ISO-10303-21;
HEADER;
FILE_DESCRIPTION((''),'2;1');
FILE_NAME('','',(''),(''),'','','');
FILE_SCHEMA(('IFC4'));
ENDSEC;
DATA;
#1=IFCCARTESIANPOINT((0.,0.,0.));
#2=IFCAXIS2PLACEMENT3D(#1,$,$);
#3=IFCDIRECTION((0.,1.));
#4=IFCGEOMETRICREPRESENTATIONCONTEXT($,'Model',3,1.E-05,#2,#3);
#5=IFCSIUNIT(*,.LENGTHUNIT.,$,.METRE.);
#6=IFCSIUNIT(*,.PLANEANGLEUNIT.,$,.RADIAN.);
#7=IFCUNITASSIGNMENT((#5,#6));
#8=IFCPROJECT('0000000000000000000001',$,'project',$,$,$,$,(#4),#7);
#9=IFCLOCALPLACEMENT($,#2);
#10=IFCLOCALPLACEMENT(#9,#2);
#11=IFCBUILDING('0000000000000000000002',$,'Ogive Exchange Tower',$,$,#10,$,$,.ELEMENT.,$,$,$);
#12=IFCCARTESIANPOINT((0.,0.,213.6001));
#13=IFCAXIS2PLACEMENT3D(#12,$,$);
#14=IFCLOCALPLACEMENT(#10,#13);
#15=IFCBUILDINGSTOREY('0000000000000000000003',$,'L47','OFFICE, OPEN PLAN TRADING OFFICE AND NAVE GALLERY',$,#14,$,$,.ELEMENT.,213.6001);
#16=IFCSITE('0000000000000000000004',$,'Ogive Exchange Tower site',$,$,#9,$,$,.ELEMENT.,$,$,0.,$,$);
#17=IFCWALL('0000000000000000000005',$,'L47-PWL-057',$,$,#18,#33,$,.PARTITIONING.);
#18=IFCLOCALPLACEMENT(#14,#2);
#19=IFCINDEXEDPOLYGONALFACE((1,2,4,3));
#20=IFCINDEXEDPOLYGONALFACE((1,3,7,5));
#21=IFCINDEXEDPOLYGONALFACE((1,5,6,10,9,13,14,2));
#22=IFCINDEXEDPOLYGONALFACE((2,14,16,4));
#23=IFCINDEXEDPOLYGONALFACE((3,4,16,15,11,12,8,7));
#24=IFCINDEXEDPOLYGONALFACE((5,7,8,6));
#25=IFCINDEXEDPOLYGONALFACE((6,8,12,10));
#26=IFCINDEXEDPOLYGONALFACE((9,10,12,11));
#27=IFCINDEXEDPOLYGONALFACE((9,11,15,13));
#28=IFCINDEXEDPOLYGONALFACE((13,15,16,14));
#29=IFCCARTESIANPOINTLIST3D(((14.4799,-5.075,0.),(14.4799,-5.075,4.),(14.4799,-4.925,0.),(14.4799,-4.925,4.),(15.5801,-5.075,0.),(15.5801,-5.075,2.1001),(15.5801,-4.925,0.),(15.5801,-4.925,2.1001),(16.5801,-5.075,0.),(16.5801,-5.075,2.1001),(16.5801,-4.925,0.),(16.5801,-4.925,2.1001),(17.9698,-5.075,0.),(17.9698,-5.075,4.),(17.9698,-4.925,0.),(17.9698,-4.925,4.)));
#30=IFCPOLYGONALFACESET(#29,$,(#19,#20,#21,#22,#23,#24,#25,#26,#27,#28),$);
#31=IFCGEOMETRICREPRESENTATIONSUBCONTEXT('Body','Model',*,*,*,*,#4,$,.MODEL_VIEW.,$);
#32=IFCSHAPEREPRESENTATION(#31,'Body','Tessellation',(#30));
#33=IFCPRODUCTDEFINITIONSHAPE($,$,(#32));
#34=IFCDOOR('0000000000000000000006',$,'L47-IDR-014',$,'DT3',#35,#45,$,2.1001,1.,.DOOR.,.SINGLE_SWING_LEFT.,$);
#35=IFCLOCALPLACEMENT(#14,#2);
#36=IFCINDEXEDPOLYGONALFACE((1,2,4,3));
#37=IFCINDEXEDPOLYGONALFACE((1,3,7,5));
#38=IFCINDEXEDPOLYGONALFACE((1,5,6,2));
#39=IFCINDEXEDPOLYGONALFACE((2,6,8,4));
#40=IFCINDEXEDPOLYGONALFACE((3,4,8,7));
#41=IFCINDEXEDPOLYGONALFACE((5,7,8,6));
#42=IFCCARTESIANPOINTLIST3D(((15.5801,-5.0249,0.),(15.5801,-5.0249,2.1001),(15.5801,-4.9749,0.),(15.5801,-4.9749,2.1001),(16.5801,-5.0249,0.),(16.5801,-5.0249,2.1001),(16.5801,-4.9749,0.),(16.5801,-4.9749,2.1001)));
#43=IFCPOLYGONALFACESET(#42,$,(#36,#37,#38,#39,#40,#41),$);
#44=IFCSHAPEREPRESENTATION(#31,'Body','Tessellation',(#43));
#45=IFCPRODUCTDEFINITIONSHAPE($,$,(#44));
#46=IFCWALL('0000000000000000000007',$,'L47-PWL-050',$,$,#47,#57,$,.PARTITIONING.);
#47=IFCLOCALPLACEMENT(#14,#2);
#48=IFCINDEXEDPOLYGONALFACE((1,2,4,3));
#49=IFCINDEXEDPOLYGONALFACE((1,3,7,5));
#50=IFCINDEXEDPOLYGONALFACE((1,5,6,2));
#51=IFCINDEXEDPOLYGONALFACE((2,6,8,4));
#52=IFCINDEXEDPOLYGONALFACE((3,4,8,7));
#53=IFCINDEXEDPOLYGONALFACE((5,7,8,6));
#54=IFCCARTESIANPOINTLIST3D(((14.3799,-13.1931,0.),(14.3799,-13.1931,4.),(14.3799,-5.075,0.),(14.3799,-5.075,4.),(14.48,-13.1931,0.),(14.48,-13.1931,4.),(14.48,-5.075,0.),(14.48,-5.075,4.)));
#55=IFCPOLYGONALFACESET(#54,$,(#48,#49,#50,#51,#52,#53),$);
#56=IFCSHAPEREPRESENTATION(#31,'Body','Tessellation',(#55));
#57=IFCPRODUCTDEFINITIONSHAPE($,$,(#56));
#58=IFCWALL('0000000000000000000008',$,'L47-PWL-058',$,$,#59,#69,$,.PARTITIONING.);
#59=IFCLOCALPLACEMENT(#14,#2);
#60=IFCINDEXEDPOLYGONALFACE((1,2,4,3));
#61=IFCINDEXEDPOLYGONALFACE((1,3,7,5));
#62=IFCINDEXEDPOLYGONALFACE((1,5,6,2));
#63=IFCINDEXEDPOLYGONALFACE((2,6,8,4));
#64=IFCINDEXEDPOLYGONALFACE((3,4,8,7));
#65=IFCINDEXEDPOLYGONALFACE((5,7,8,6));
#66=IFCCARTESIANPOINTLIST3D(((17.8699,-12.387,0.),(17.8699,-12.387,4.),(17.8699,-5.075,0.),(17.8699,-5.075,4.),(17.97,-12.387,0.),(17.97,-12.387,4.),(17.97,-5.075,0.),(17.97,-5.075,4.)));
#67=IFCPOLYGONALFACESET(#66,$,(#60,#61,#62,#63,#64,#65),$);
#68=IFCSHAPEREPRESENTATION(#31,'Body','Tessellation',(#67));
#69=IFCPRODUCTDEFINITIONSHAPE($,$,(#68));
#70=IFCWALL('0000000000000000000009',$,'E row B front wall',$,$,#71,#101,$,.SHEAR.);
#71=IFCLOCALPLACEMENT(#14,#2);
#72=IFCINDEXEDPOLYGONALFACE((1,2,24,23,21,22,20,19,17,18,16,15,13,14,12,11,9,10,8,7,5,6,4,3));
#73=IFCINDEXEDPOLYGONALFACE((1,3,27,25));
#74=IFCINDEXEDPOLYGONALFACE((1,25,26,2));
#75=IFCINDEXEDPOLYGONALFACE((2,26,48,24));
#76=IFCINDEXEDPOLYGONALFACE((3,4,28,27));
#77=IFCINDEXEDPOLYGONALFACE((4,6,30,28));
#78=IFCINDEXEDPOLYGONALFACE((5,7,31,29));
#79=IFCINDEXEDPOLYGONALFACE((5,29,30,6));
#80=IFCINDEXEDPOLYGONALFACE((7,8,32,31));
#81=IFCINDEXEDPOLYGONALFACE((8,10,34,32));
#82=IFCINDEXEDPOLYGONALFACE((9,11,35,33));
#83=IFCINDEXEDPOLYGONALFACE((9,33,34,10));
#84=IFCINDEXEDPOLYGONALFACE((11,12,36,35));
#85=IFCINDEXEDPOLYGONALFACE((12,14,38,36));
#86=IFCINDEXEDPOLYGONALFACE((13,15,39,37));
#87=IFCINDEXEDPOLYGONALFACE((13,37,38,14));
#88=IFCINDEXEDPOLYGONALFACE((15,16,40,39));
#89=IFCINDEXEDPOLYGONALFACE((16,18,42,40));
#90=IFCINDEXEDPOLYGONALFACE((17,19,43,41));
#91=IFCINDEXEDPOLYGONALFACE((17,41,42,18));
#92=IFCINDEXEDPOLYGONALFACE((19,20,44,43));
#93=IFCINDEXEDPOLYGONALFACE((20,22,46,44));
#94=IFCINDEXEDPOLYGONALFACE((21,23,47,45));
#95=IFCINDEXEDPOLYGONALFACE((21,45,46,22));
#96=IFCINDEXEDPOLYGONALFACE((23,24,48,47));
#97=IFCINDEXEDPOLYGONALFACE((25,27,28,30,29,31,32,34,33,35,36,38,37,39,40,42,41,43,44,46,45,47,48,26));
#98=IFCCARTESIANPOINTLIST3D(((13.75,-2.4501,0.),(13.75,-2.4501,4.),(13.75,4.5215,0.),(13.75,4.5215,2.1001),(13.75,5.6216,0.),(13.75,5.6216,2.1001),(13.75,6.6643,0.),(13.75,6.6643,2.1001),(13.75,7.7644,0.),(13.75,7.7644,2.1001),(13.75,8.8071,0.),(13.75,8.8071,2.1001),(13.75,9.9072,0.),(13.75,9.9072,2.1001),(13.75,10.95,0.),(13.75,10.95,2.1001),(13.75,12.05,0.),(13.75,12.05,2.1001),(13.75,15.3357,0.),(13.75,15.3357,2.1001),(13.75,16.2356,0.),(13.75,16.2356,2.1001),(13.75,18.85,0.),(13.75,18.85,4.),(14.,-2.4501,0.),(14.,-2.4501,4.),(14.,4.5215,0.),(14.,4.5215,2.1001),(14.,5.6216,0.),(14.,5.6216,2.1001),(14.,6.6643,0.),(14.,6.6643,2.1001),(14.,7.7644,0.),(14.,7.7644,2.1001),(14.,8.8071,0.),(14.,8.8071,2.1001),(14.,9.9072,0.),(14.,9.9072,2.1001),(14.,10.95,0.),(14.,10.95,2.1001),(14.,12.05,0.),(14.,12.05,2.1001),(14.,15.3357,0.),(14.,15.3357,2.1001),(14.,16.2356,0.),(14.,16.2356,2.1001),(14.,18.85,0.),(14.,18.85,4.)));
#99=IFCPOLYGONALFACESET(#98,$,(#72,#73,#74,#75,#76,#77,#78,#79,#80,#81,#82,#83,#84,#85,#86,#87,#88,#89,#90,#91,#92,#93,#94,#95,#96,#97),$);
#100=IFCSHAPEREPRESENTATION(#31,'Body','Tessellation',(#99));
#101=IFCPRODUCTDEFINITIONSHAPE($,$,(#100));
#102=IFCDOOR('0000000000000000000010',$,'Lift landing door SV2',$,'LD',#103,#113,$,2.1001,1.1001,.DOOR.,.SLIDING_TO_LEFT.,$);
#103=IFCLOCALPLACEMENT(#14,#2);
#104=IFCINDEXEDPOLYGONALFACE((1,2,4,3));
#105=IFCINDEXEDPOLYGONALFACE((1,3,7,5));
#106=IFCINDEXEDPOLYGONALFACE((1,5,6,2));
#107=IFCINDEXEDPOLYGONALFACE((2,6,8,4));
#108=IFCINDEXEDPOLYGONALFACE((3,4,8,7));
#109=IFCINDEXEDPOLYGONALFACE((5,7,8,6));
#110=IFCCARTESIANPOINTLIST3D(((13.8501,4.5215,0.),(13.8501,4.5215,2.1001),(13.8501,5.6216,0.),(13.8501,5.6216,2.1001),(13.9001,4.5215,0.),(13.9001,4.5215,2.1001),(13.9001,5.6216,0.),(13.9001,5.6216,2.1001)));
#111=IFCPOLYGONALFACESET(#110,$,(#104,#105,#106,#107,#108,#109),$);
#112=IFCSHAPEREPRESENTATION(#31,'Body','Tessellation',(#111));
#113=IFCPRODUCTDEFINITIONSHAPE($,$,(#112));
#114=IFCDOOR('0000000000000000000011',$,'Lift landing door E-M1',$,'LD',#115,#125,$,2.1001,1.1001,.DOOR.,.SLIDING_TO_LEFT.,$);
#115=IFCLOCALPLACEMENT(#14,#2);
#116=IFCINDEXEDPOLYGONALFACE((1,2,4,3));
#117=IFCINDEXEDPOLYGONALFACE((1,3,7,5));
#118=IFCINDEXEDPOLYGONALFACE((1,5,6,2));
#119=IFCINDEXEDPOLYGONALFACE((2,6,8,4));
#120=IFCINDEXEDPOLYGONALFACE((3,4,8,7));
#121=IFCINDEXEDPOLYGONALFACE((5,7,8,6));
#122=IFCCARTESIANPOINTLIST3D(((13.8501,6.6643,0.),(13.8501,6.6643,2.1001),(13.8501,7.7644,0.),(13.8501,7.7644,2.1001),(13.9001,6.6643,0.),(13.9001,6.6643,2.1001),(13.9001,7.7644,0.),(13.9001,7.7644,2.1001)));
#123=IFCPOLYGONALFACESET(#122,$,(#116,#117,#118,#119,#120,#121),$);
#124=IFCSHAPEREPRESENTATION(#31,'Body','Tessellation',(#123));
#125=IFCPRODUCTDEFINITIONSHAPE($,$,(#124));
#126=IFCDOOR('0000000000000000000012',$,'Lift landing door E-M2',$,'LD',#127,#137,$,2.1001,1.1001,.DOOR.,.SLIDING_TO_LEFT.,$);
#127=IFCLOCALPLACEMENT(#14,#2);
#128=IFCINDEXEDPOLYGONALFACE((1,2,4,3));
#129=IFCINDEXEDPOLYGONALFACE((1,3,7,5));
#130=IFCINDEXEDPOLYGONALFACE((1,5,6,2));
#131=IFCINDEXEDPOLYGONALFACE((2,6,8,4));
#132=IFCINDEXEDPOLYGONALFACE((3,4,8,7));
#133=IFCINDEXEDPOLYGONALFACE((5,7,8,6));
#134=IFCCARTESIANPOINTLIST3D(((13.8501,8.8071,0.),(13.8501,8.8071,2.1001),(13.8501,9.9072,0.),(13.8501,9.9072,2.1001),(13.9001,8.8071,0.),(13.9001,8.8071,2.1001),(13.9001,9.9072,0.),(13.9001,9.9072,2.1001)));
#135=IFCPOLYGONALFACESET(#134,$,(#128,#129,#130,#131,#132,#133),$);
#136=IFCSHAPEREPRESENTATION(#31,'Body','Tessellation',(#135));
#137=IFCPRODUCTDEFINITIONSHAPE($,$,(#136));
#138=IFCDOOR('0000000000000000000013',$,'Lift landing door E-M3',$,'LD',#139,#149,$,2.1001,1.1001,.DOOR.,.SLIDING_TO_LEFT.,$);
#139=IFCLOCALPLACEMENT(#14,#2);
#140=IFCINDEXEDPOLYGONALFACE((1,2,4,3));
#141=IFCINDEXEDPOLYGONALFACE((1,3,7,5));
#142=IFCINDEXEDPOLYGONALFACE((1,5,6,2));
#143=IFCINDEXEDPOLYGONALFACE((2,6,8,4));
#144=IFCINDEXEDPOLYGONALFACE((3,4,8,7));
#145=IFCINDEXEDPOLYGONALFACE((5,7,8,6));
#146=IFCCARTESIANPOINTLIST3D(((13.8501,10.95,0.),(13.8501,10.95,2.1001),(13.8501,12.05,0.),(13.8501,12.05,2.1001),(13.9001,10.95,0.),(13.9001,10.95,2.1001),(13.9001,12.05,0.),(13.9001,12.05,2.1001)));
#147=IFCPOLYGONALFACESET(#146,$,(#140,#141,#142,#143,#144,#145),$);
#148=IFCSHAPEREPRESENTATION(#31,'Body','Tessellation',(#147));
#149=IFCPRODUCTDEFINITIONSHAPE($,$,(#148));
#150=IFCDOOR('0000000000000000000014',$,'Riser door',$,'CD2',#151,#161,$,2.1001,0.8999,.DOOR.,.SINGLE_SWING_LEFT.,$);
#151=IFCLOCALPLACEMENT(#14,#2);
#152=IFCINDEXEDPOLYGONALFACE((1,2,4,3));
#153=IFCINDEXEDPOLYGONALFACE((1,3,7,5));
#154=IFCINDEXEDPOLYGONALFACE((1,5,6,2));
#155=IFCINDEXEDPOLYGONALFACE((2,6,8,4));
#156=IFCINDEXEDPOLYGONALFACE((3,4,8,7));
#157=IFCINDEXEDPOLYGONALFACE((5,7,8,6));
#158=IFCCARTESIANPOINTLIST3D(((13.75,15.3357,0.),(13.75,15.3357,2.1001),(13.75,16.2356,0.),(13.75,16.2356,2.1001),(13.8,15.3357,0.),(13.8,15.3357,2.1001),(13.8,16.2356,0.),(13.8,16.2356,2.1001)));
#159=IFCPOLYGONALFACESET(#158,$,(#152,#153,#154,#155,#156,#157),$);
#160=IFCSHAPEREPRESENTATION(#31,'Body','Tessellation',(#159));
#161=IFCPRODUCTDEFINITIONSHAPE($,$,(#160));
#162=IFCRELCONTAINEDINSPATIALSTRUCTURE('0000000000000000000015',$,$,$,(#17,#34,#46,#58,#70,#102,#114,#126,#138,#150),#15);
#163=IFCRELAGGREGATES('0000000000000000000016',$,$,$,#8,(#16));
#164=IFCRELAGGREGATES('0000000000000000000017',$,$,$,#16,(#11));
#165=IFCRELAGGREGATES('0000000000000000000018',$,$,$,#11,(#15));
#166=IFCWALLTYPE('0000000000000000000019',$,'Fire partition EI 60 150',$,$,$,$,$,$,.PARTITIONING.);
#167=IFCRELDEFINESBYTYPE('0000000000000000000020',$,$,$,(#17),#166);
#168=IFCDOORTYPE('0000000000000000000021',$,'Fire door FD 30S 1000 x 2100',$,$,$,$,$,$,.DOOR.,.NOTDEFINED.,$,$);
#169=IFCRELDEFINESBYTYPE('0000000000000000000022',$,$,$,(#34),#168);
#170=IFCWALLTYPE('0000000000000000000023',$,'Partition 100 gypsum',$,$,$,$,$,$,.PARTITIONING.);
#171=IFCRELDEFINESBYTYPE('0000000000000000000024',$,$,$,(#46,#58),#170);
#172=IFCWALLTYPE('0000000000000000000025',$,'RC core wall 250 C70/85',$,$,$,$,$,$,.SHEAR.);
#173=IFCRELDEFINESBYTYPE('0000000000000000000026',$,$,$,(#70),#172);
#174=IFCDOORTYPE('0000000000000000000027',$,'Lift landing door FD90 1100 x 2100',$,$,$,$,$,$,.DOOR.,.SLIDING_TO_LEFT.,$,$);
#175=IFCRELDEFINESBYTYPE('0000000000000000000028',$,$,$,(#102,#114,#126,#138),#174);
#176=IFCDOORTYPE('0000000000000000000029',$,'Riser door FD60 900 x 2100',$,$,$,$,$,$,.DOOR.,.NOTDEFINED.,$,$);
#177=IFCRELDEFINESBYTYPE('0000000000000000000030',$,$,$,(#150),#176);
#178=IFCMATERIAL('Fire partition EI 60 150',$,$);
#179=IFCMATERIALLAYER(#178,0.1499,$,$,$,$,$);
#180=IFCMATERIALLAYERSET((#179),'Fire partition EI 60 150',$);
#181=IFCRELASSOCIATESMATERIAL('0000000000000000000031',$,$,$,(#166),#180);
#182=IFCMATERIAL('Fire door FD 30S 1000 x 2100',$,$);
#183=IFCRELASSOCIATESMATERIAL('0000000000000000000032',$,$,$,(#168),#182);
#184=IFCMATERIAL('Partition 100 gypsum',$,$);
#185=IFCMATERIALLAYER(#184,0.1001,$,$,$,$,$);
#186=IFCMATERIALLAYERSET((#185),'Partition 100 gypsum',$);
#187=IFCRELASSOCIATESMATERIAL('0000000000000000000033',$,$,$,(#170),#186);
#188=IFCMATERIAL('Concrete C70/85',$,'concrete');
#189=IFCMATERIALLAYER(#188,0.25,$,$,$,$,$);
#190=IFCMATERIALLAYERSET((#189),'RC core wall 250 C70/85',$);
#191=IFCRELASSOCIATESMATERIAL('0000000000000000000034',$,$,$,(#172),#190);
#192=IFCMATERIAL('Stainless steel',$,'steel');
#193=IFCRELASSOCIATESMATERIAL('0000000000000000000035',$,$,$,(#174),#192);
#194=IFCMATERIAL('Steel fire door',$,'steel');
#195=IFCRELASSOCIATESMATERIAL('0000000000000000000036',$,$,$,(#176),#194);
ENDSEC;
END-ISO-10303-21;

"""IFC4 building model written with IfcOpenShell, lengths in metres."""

from ifc_helpers import new_model, si_unit, direction, frame, frame_2d, origin, place, context, subcontext, project, spatial, rectangle, extrude, material, layer, layer_set, type_object, element, fill, save


model = new_model("IFC4")

# Units and contexts
model_context = context("Model", 3, precision=1e-05, world=origin(), true_north=direction((0.0, 1.0)))
body_context = subcontext(model_context, "Body", "Model", "MODEL_VIEW")
ifc_project = project(units=[si_unit("LENGTHUNIT", "METRE"), si_unit("PLANEANGLEUNIT", "RADIAN")], contexts=[model_context])

# Site, building, storey
site_placement = place(None, origin())
site = spatial("IfcSite", under=ifc_project, at=site_placement, Name="Ogive Exchange Tower site", CompositionType="ELEMENT", RefElevation=0.0)
building_placement = place(site_placement, origin())
building = spatial("IfcBuilding", under=site, at=building_placement, Name="Ogive Exchange Tower", CompositionType="ELEMENT")
storey_placement = place(building_placement, frame((0.0, 0.0, 213.6001)))
storey = spatial("IfcBuildingStorey", under=building, at=storey_placement, Name="L47", Description="OFFICE, OPEN PLAN TRADING OFFICE AND NAVE GALLERY", CompositionType="ELEMENT", Elevation=213.6001)

# Shared definitions
ifc_material_1 = material(Name="Fire partition EI 60 150")
ifc_layer_1 = layer(ifc_material_1, 0.1499)
ifc_layer_set_1 = layer_set([ifc_layer_1], Name="Fire partition EI 60 150")
wall_type_1 = type_object("IfcWallType", Name="Fire partition EI 60 150", PredefinedType="PARTITIONING", material=ifc_layer_set_1)
ifc_material_2 = material(Name="Fire door FD 30S 1000 x 2100")
door_type_1 = type_object("IfcDoorType", Name="Fire door FD 30S 1000 x 2100", OperationType="NOTDEFINED", PredefinedType="DOOR", material=ifc_material_2)

# Wall, opening, door
wall_1_placement = place(storey_placement, frame((17.97, -5.0, 0.0), z_axis=(0.0, 0.0, 1.0), x_axis=(-1.0, 0.0, 0.0)))
wall_1 = element("IfcWall", 1, at=wall_1_placement, inside=storey, type_object=wall_type_1, Name="L47-PWL-057", PredefinedType="PARTITIONING", context=body_context, shape_type="SweptSolid", body=[
    extrude(rectangle(XDim=3.49, YDim=0.1499, at=frame_2d((1.7451, 0.0))), origin(), (0.0, 0.0, 1.0), 4.0),
])
opening_1_placement = place(wall_1_placement, frame((1.3899, 0.0, 0.0)))
opening_1 = element("IfcOpeningElement", 2, at=opening_1_placement, cuts=wall_1, PredefinedType="OPENING", context=body_context, shape_type="SweptSolid", body=[
    extrude(rectangle(XDim=1.0, YDim=2.1001, at=frame_2d((0.5, 1.05))), frame((0.0, 0.085, 0.0), z_axis=(0.0, -1.0, 0.0), x_axis=(1.0, 0.0, 0.0)), (0.0, 0.0, 1.0), 0.1699),
])
door_1_placement = place(opening_1_placement, origin())
door_1 = element("IfcDoor", 3, at=door_1_placement, inside=storey, type_object=door_type_1, Name="L47-IDR-014", ObjectType="DT3", OperationType="SINGLE_SWING_LEFT", OverallHeight=2.1001, OverallWidth=1.0, PredefinedType="DOOR", context=body_context, shape_type="SweptSolid", body=[
    extrude(rectangle(XDim=1.0, YDim=2.1001, at=frame_2d((0.5, 1.05))), frame((0.0, 0.0249, 0.0), z_axis=(0.0, -1.0, 0.0), x_axis=(1.0, 0.0, 0.0)), (0.0, 0.0, 1.0), 0.05),
])
fill(opening_1, door_1)

# Walls
ifc_material_3 = material(Name="Partition 100 gypsum")
ifc_layer_2 = layer(ifc_material_3, 0.1001)
ifc_layer_set_2 = layer_set([ifc_layer_2], Name="Partition 100 gypsum")
wall_type_2 = type_object("IfcWallType", Name="Partition 100 gypsum", PredefinedType="PARTITIONING", material=ifc_layer_set_2)
wall_2_placement = place(storey_placement, frame((14.4299, -5.075, 0.0), z_axis=(0.0, 0.0, 1.0), x_axis=(0.0, -1.0, 0.0)))
element("IfcWall", 4, at=wall_2_placement, inside=storey, type_object=wall_type_2, Name="L47-PWL-050", PredefinedType="PARTITIONING", context=body_context, shape_type="SweptSolid", body=[
    extrude(rectangle(XDim=8.1182, YDim=0.1001, at=frame_2d((4.0591, 0.0))), origin(), (0.0, 0.0, 1.0), 4.0),
])
wall_3_placement = place(storey_placement, frame((17.9199, -5.075, 0.0), z_axis=(0.0, 0.0, 1.0), x_axis=(0.0, -1.0, 0.0)))
element("IfcWall", 5, at=wall_3_placement, inside=storey, type_object=wall_type_2, Name="L47-PWL-058", PredefinedType="PARTITIONING", context=body_context, shape_type="SweptSolid", body=[
    extrude(rectangle(XDim=7.312, YDim=0.1001, at=frame_2d((3.656, 0.0))), origin(), (0.0, 0.0, 1.0), 4.0),
])

# Wall, openings, doors
ifc_material_4 = material(Name="Concrete C70/85", Category="concrete")
ifc_layer_3 = layer(ifc_material_4, 0.25)
ifc_layer_set_3 = layer_set([ifc_layer_3], Name="RC core wall 250 C70/85")
wall_type_3 = type_object("IfcWallType", Name="RC core wall 250 C70/85", PredefinedType="SHEAR", material=ifc_layer_set_3)
wall_4_placement = place(storey_placement, frame((13.875, -2.45, 0.0), z_axis=(0.0, 0.0, 1.0), x_axis=(0.0, 1.0, 0.0)))
wall_4 = element("IfcWall", 6, at=wall_4_placement, inside=storey, type_object=wall_type_3, Name="E row B front wall", PredefinedType="SHEAR", context=body_context, shape_type="SweptSolid", body=[
    extrude(rectangle(XDim=21.3, YDim=0.25, at=frame_2d((10.6499, 0.0))), origin(), (0.0, 0.0, 1.0), 4.0),
])
opening_2_placement = place(wall_4_placement, frame((17.7856, 0.0, 0.0)))
opening_2 = element("IfcOpeningElement", 7, at=opening_2_placement, cuts=wall_4, PredefinedType="OPENING", context=body_context, shape_type="SweptSolid", body=[
    extrude(rectangle(XDim=0.8999, YDim=2.1001, at=frame_2d((0.45, 1.05))), frame((0.0, 0.135, 0.0), z_axis=(0.0, -1.0, 0.0), x_axis=(1.0, 0.0, 0.0)), (0.0, 0.0, 1.0), 0.27),
])
opening_3_placement = place(wall_4_placement, frame((6.9714, 0.0, 0.0)))
opening_3 = element("IfcOpeningElement", 8, at=opening_3_placement, cuts=wall_4, PredefinedType="OPENING", context=body_context, shape_type="SweptSolid", body=[
    extrude(rectangle(XDim=1.1001, YDim=2.1001, at=frame_2d((0.55, 1.05))), frame((0.0, 0.135, 0.0), z_axis=(0.0, -1.0, 0.0), x_axis=(1.0, 0.0, 0.0)), (0.0, 0.0, 1.0), 0.27),
])
opening_4_placement = place(wall_4_placement, frame((9.1143, 0.0, 0.0)))
opening_4 = element("IfcOpeningElement", 9, at=opening_4_placement, cuts=wall_4, PredefinedType="OPENING", context=body_context, shape_type="SweptSolid", body=[
    extrude(rectangle(XDim=1.1001, YDim=2.1001, at=frame_2d((0.55, 1.05))), frame((0.0, 0.135, 0.0), z_axis=(0.0, -1.0, 0.0), x_axis=(1.0, 0.0, 0.0)), (0.0, 0.0, 1.0), 0.27),
])
opening_5_placement = place(wall_4_placement, frame((11.2571, 0.0, 0.0)))
opening_5 = element("IfcOpeningElement", 10, at=opening_5_placement, cuts=wall_4, PredefinedType="OPENING", context=body_context, shape_type="SweptSolid", body=[
    extrude(rectangle(XDim=1.1001, YDim=2.1001, at=frame_2d((0.55, 1.05))), frame((0.0, 0.135, 0.0), z_axis=(0.0, -1.0, 0.0), x_axis=(1.0, 0.0, 0.0)), (0.0, 0.0, 1.0), 0.27),
])
opening_6_placement = place(wall_4_placement, frame((13.3999, 0.0, 0.0)))
opening_6 = element("IfcOpeningElement", 11, at=opening_6_placement, cuts=wall_4, PredefinedType="OPENING", context=body_context, shape_type="SweptSolid", body=[
    extrude(rectangle(XDim=1.1001, YDim=2.1001, at=frame_2d((0.55, 1.05))), frame((0.0, 0.135, 0.0), z_axis=(0.0, -1.0, 0.0), x_axis=(1.0, 0.0, 0.0)), (0.0, 0.0, 1.0), 0.27),
])
ifc_material_5 = material(Name="Stainless steel", Category="steel")
door_type_2 = type_object("IfcDoorType", Name="Lift landing door FD90 1100 x 2100", OperationType="SLIDING_TO_LEFT", PredefinedType="DOOR", material=ifc_material_5)
door_2_placement = place(opening_3_placement, origin())
door_2 = element("IfcDoor", 12, at=door_2_placement, inside=storey, type_object=door_type_2, Name="Lift landing door SV2", ObjectType="LD", OperationType="SLIDING_TO_LEFT", OverallHeight=2.1001, OverallWidth=1.1001, PredefinedType="DOOR", context=body_context, shape_type="SweptSolid", body=[
    extrude(rectangle(XDim=1.1001, YDim=2.1001, at=frame_2d((0.55, 1.05))), frame((0.0, 0.0249, 0.0), z_axis=(0.0, -1.0, 0.0), x_axis=(1.0, 0.0, 0.0)), (0.0, 0.0, 1.0), 0.05),
])
fill(opening_3, door_2)
door_3_placement = place(opening_4_placement, origin())
door_3 = element("IfcDoor", 13, at=door_3_placement, inside=storey, type_object=door_type_2, Name="Lift landing door E-M1", ObjectType="LD", OperationType="SLIDING_TO_LEFT", OverallHeight=2.1001, OverallWidth=1.1001, PredefinedType="DOOR", context=body_context, shape_type="SweptSolid", body=[
    extrude(rectangle(XDim=1.1001, YDim=2.1001, at=frame_2d((0.55, 1.05))), frame((0.0, 0.0249, 0.0), z_axis=(0.0, -1.0, 0.0), x_axis=(1.0, 0.0, 0.0)), (0.0, 0.0, 1.0), 0.05),
])
fill(opening_4, door_3)
door_4_placement = place(opening_5_placement, origin())
door_4 = element("IfcDoor", 14, at=door_4_placement, inside=storey, type_object=door_type_2, Name="Lift landing door E-M2", ObjectType="LD", OperationType="SLIDING_TO_LEFT", OverallHeight=2.1001, OverallWidth=1.1001, PredefinedType="DOOR", context=body_context, shape_type="SweptSolid", body=[
    extrude(rectangle(XDim=1.1001, YDim=2.1001, at=frame_2d((0.55, 1.05))), frame((0.0, 0.0249, 0.0), z_axis=(0.0, -1.0, 0.0), x_axis=(1.0, 0.0, 0.0)), (0.0, 0.0, 1.0), 0.05),
])
fill(opening_5, door_4)
door_5_placement = place(opening_6_placement, origin())
door_5 = element("IfcDoor", 15, at=door_5_placement, inside=storey, type_object=door_type_2, Name="Lift landing door E-M3", ObjectType="LD", OperationType="SLIDING_TO_LEFT", OverallHeight=2.1001, OverallWidth=1.1001, PredefinedType="DOOR", context=body_context, shape_type="SweptSolid", body=[
    extrude(rectangle(XDim=1.1001, YDim=2.1001, at=frame_2d((0.55, 1.05))), frame((0.0, 0.0249, 0.0), z_axis=(0.0, -1.0, 0.0), x_axis=(1.0, 0.0, 0.0)), (0.0, 0.0, 1.0), 0.05),
])
fill(opening_6, door_5)
ifc_material_6 = material(Name="Steel fire door", Category="steel")
door_type_3 = type_object("IfcDoorType", Name="Riser door FD60 900 x 2100", OperationType="NOTDEFINED", PredefinedType="DOOR", material=ifc_material_6)
door_6_placement = place(opening_2_placement, origin())
door_6 = element("IfcDoor", 16, at=door_6_placement, inside=storey, type_object=door_type_3, Name="Riser door", ObjectType="CD2", OperationType="SINGLE_SWING_LEFT", OverallHeight=2.1001, OverallWidth=0.8999, PredefinedType="DOOR", context=body_context, shape_type="SweptSolid", body=[
    extrude(rectangle(XDim=0.8999, YDim=2.1001, at=frame_2d((0.45, 1.05))), frame((0.0, 0.125, 0.0), z_axis=(0.0, -1.0, 0.0), x_axis=(1.0, 0.0, 0.0)), (0.0, 0.0, 1.0), 0.05),
])
fill(opening_2, door_6)

save(model, "model.ifc")
